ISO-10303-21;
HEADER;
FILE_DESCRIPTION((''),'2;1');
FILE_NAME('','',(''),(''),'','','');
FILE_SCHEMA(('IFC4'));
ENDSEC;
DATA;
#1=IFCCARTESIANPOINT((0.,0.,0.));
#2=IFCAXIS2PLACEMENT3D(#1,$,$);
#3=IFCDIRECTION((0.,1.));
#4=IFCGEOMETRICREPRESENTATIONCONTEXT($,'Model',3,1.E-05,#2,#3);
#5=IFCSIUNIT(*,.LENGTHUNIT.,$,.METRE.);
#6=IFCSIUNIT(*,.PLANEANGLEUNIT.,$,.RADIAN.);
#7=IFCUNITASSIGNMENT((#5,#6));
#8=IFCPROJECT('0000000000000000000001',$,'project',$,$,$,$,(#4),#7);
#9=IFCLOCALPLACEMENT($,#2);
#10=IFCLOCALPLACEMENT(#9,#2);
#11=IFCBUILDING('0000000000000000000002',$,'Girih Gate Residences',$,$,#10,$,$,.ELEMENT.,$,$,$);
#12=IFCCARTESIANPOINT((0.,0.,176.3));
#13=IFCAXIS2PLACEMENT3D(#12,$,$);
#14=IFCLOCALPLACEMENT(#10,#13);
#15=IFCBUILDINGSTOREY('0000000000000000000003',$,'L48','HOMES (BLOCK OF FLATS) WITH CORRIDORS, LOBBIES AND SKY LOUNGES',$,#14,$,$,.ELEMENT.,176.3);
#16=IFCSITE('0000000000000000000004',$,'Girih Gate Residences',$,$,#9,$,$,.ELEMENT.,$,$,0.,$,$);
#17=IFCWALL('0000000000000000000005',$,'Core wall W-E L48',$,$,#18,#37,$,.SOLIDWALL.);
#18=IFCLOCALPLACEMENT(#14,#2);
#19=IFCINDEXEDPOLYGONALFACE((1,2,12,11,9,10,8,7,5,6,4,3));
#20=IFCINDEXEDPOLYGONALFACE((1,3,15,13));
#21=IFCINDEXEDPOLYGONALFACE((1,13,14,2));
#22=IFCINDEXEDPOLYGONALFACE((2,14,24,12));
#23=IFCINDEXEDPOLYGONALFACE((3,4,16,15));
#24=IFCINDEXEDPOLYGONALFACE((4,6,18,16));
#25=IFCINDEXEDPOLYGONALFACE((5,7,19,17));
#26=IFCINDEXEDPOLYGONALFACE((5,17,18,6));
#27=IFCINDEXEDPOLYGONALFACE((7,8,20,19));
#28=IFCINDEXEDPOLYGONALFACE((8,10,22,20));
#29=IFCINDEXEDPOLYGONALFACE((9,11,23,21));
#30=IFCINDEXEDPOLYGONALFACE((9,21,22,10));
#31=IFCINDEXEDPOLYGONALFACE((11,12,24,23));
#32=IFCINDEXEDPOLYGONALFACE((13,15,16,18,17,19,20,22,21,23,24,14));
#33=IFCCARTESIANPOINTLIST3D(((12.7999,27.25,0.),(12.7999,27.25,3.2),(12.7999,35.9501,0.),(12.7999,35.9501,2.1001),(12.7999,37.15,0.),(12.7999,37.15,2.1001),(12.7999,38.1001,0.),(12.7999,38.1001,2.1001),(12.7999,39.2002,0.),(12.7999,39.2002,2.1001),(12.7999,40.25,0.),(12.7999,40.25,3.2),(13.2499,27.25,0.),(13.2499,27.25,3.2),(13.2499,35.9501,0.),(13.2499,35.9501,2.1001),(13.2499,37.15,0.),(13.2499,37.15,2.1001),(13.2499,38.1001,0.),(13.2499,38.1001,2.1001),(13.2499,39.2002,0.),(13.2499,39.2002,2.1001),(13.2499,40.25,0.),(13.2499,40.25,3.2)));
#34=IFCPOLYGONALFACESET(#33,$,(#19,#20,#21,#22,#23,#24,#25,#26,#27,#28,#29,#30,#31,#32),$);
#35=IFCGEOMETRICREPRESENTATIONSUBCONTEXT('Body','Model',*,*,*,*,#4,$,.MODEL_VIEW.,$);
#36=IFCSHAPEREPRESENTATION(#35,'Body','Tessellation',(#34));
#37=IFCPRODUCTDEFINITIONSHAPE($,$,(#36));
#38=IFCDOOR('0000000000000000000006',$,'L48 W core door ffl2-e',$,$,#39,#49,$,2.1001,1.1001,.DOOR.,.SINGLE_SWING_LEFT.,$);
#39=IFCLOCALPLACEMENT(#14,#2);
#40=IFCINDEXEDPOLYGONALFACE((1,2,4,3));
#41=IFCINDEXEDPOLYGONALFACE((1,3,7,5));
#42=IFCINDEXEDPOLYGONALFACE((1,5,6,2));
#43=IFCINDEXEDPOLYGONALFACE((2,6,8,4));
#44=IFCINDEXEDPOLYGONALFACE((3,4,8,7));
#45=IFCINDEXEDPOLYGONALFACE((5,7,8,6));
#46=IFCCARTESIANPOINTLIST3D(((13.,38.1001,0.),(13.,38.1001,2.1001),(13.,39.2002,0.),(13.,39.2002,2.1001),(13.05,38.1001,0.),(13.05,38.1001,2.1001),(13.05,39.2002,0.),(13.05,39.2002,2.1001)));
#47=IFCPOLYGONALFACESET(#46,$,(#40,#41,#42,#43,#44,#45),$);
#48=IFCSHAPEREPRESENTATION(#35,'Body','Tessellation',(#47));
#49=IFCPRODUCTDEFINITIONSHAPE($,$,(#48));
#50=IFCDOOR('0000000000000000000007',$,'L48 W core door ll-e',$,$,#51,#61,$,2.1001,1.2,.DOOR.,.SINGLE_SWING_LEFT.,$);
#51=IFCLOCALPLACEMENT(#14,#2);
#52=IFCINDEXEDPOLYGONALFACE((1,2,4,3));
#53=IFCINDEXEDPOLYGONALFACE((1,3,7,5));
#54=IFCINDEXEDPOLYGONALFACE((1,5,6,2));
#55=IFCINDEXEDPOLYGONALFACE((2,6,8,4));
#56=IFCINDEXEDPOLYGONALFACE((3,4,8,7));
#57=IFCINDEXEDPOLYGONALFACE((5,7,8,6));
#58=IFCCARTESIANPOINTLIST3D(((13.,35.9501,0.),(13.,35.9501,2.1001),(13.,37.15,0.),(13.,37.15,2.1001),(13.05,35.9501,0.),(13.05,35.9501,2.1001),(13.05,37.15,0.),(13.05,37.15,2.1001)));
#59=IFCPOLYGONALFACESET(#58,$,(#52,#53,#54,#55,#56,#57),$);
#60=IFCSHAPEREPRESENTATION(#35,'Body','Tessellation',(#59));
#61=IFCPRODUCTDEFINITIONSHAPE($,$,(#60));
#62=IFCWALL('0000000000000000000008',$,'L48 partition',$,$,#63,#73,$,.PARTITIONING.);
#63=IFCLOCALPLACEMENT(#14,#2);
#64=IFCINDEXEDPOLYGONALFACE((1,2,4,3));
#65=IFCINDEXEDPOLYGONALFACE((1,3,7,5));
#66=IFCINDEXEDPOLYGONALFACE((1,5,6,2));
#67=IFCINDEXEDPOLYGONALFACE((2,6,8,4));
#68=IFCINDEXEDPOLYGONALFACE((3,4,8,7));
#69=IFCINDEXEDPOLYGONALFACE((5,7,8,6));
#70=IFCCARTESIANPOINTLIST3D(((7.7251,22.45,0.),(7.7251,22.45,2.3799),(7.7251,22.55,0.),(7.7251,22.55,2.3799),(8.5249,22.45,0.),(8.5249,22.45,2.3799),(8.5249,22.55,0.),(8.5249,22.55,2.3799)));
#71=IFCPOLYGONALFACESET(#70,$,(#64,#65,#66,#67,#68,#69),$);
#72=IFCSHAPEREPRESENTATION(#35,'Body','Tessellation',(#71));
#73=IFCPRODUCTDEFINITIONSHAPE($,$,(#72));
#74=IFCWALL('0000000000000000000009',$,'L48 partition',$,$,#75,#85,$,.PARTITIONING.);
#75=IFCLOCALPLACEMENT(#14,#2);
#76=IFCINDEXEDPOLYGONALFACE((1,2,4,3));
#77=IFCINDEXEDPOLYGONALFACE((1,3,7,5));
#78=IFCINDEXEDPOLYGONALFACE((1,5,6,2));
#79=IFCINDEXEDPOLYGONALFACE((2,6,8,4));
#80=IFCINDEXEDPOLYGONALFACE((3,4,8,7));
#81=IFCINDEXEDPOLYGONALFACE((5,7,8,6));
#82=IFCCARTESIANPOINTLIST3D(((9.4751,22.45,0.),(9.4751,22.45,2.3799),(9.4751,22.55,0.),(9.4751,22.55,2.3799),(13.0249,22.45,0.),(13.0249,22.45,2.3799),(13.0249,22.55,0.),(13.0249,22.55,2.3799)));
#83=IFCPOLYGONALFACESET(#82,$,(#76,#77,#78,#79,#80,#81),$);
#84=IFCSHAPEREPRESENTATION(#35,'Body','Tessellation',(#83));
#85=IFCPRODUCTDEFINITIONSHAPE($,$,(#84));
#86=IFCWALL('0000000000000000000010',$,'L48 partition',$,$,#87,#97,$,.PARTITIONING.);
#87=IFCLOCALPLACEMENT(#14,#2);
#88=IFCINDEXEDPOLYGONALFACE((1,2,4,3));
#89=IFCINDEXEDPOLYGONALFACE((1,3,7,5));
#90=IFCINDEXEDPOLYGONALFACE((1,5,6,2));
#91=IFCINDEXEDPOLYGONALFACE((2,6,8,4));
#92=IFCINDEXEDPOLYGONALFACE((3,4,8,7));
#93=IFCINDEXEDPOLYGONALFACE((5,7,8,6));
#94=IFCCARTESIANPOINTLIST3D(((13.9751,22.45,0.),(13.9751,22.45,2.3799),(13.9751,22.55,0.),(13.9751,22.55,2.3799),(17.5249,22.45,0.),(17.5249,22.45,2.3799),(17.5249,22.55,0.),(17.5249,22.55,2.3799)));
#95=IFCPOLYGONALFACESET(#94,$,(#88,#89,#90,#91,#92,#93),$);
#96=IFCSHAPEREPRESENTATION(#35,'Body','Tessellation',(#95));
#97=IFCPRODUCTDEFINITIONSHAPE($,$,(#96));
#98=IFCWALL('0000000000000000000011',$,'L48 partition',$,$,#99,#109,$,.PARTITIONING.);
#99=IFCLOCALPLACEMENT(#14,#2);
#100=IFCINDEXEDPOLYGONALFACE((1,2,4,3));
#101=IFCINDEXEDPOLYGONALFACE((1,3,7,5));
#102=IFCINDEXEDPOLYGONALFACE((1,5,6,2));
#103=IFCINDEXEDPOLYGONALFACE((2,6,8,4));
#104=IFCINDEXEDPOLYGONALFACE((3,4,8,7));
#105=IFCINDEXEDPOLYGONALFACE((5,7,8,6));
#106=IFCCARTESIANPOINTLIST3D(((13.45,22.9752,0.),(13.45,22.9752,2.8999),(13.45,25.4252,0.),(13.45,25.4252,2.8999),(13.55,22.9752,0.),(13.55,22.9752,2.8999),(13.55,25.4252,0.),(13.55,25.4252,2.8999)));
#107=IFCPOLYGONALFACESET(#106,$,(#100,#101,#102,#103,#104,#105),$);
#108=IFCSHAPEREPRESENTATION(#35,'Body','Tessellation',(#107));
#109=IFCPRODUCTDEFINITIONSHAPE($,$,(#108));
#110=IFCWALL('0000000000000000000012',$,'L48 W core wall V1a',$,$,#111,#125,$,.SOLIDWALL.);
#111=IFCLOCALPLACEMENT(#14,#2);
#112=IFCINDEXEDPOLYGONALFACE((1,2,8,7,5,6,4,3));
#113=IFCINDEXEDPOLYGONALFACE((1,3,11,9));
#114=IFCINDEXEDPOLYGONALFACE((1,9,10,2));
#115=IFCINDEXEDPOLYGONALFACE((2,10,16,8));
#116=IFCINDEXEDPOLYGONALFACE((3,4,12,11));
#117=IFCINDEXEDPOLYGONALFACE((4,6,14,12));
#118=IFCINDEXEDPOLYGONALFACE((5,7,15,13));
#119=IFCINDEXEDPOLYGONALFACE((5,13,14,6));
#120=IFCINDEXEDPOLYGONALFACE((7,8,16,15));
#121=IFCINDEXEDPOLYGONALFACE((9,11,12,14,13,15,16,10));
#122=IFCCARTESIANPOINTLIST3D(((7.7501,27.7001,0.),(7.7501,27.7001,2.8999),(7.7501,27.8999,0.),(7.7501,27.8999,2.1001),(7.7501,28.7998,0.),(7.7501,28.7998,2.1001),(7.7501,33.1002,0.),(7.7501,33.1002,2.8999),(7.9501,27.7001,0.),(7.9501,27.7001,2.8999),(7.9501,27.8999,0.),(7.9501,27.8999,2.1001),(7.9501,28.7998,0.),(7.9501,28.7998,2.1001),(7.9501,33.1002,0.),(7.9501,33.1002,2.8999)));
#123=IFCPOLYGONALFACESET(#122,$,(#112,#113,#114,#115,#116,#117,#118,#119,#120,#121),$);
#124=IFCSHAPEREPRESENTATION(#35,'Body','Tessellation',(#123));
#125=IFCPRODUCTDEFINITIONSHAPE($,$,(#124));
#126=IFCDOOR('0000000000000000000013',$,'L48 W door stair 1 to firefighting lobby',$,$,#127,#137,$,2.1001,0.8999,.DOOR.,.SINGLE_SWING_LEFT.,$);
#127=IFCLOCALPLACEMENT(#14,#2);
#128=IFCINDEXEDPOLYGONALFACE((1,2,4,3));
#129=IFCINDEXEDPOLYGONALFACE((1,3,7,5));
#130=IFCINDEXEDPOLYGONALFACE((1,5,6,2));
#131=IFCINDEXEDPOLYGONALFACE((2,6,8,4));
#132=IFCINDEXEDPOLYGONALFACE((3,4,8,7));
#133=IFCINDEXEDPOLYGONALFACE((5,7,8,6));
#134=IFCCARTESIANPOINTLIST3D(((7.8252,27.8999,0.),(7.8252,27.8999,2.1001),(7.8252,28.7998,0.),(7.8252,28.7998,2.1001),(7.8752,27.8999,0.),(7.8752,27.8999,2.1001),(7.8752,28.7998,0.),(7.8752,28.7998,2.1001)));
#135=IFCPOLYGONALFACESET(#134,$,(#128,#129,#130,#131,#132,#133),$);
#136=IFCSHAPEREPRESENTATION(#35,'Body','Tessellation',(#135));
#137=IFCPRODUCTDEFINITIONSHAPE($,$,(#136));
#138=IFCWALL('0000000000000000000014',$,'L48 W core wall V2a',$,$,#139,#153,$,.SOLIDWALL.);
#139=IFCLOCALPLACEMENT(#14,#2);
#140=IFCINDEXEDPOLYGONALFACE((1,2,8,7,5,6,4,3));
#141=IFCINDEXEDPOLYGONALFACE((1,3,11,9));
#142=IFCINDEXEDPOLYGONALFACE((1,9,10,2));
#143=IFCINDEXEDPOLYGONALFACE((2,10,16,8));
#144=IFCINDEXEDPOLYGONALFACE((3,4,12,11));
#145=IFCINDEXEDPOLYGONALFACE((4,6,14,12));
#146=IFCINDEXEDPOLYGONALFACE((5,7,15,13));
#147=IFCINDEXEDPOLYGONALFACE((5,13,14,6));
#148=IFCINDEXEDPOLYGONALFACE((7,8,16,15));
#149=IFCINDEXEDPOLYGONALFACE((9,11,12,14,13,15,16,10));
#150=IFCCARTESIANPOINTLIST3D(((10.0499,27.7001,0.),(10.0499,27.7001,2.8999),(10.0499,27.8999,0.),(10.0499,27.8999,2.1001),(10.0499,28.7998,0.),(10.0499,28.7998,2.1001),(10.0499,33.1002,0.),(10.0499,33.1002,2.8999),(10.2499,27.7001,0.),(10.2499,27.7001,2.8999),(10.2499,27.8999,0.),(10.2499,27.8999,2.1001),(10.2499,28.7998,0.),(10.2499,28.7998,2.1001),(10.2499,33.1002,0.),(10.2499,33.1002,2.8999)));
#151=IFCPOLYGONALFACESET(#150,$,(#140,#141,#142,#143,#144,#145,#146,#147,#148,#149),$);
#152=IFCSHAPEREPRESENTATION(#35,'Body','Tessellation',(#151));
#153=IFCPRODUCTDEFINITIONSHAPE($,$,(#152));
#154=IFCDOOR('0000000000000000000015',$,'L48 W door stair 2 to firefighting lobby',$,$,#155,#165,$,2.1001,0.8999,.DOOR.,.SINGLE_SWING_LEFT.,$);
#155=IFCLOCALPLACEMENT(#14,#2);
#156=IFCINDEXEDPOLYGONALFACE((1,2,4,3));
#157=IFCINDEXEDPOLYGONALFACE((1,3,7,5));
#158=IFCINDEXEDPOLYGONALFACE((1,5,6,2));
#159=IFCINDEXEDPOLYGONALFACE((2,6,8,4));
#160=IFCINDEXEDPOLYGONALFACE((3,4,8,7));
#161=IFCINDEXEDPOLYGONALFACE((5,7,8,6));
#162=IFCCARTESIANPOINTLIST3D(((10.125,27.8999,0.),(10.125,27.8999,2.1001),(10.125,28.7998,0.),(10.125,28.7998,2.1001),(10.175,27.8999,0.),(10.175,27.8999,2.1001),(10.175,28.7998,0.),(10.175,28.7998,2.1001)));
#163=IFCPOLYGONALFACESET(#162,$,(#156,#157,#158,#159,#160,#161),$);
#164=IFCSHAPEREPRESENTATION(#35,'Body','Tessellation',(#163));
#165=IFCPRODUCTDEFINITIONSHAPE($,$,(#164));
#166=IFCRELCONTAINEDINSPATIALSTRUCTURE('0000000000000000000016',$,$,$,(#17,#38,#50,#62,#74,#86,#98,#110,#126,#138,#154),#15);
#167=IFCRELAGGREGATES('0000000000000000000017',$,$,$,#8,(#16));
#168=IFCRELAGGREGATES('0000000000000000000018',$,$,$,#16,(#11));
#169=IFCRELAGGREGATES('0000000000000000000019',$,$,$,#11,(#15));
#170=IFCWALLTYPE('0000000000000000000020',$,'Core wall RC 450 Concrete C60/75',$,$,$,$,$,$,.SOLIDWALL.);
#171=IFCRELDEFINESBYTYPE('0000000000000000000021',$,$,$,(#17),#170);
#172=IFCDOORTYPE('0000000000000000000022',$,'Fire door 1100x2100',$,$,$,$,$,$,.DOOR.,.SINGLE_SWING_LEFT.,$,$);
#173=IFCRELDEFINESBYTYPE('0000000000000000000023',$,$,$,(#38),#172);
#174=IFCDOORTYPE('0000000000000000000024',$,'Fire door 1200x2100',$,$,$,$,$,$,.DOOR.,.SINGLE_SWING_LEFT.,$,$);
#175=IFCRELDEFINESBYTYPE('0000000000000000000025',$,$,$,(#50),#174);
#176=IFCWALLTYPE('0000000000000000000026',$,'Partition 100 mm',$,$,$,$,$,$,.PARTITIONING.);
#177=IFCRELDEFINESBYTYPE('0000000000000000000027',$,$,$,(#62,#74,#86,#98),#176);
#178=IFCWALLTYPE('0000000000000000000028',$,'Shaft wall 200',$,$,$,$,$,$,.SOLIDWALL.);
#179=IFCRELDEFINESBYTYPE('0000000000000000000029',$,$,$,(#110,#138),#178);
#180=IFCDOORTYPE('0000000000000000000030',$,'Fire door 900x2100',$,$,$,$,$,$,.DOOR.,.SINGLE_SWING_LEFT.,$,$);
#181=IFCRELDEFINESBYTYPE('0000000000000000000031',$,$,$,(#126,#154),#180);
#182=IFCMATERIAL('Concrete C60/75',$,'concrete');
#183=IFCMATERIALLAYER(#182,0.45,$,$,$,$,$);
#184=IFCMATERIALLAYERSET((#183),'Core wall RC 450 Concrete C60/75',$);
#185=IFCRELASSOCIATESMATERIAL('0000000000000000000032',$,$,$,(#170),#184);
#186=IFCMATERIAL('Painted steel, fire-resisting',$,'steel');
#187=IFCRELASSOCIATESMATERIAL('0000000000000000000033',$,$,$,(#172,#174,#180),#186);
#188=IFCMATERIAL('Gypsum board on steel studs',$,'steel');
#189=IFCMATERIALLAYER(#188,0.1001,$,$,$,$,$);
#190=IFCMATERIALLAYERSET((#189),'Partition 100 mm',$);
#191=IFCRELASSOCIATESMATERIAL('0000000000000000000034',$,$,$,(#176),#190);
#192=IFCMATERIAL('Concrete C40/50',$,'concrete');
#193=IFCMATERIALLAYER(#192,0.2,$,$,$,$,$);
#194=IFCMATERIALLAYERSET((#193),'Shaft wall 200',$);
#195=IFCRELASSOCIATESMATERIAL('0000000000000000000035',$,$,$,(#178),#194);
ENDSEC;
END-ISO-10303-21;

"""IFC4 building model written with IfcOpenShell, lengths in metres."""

from ifc_helpers import new_model, si_unit, direction, frame, frame_2d, origin, place, context, subcontext, project, spatial, rectangle, extrude, material, layer, layer_set, type_object, element, fill, save


model = new_model("IFC4")

# Units and contexts
model_context = context("Model", 3, precision=1e-05, world=origin(), true_north=direction((0.0, 1.0)))
body_context = subcontext(model_context, "Body", "Model", "MODEL_VIEW")
ifc_project = project(units=[si_unit("LENGTHUNIT", "METRE"), si_unit("PLANEANGLEUNIT", "RADIAN")], contexts=[model_context])

# Site, building, storey
site_placement = place(None, origin())
site = spatial("IfcSite", under=ifc_project, at=site_placement, Name="Girih Gate Residences", CompositionType="ELEMENT", RefElevation=0.0)
building_placement = place(site_placement, origin())
building = spatial("IfcBuilding", under=site, at=building_placement, Name="Girih Gate Residences", CompositionType="ELEMENT")
storey_placement = place(building_placement, frame((0.0, 0.0, 176.3)))
storey = spatial("IfcBuildingStorey", under=building, at=storey_placement, Name="L48", Description="HOMES (BLOCK OF FLATS) WITH CORRIDORS, LOBBIES AND SKY LOUNGES", CompositionType="ELEMENT", Elevation=176.3)

# Shared definitions
ifc_material_1 = material(Name="Concrete C60/75", Category="concrete")

# Shared definitions
ifc_material_2 = material(Name="Gypsum board on steel studs", Category="steel")

# Wall, openings, doors
ifc_layer_1 = layer(ifc_material_1, 0.45)
ifc_layer_set_1 = layer_set([ifc_layer_1], Name="Core wall RC 450 Concrete C60/75")
wall_type_1 = type_object("IfcWallType", Name="Core wall RC 450 Concrete C60/75", PredefinedType="SOLIDWALL", material=ifc_layer_set_1)
wall_1_placement = place(storey_placement, frame((13.0249, 27.25, 0.0), z_axis=(0.0, 0.0, 1.0), x_axis=(0.0, 1.0, 0.0)))
wall_1 = element("IfcWall", 1, at=wall_1_placement, inside=storey, type_object=wall_type_1, Name="Core wall W-E L48", PredefinedType="SOLIDWALL", context=body_context, shape_type="SweptSolid", body=[
    extrude(rectangle(XDim=13.0, YDim=0.45, at=frame_2d((6.5, 0.0))), origin(), (0.0, 0.0, 1.0), 3.2),
])
opening_1_placement = place(wall_1_placement, frame((10.8501, 0.0, 0.0)))
opening_1 = element("IfcOpeningElement", 2, at=opening_1_placement, cuts=wall_1, PredefinedType="OPENING", context=body_context, shape_type="SweptSolid", body=[
    extrude(rectangle(XDim=1.1001, YDim=2.1001, at=frame_2d((0.55, 1.05))), frame((0.0, 0.2349, 0.0), z_axis=(0.0, -1.0, 0.0), x_axis=(1.0, 0.0, 0.0)), (0.0, 0.0, 1.0), 0.47),
])
opening_2_placement = place(wall_1_placement, frame((8.7, 0.0, 0.0)))
opening_2 = element("IfcOpeningElement", 3, at=opening_2_placement, cuts=wall_1, PredefinedType="OPENING", context=body_context, shape_type="SweptSolid", body=[
    extrude(rectangle(XDim=1.2, YDim=2.1001, at=frame_2d((0.6001, 1.05))), frame((0.0, 0.2349, 0.0), z_axis=(0.0, -1.0, 0.0), x_axis=(1.0, 0.0, 0.0)), (0.0, 0.0, 1.0), 0.47),
])
ifc_material_3 = material(Name="Painted steel, fire-resisting", Category="steel")
door_type_1 = type_object("IfcDoorType", Name="Fire door 1100x2100", OperationType="SINGLE_SWING_LEFT", PredefinedType="DOOR", material=ifc_material_3)
door_1_placement = place(opening_1_placement, origin())
door_1 = element("IfcDoor", 4, at=door_1_placement, inside=storey, type_object=door_type_1, Name="L48 W core door ffl2-e", OperationType="SINGLE_SWING_LEFT", OverallHeight=2.1001, OverallWidth=1.1001, PredefinedType="DOOR", context=body_context, shape_type="SweptSolid", body=[
    extrude(rectangle(XDim=1.1001, YDim=2.1001, at=frame_2d((0.55, 1.05))), frame((0.0, 0.0249, 0.0), z_axis=(0.0, -1.0, 0.0), x_axis=(1.0, 0.0, 0.0)), (0.0, 0.0, 1.0), 0.05),
])
fill(opening_1, door_1)
door_type_2 = type_object("IfcDoorType", Name="Fire door 1200x2100", OperationType="SINGLE_SWING_LEFT", PredefinedType="DOOR", material=ifc_material_3)
door_2_placement = place(opening_2_placement, origin())
door_2 = element("IfcDoor", 5, at=door_2_placement, inside=storey, type_object=door_type_2, Name="L48 W core door ll-e", OperationType="SINGLE_SWING_LEFT", OverallHeight=2.1001, OverallWidth=1.2, PredefinedType="DOOR", context=body_context, shape_type="SweptSolid", body=[
    extrude(rectangle(XDim=1.2, YDim=2.1001, at=frame_2d((0.6001, 1.05))), frame((0.0, 0.0249, 0.0), z_axis=(0.0, -1.0, 0.0), x_axis=(1.0, 0.0, 0.0)), (0.0, 0.0, 1.0), 0.05),
])
fill(opening_2, door_2)

# Walls
ifc_layer_2 = layer(ifc_material_2, 0.1001)
ifc_layer_set_2 = layer_set([ifc_layer_2], Name="Partition 100 mm")
wall_type_2 = type_object("IfcWallType", Name="Partition 100 mm", PredefinedType="PARTITIONING", material=ifc_layer_set_2)
wall_2_placement = place(storey_placement, frame((7.7251, 22.5, 0.0), z_axis=(0.0, 0.0, 1.0), x_axis=(1.0, 0.0, 0.0)))
element("IfcWall", 6, at=wall_2_placement, inside=storey, type_object=wall_type_2, Name="L48 partition", PredefinedType="PARTITIONING", context=body_context, shape_type="SweptSolid", body=[
    extrude(rectangle(XDim=0.7998, YDim=0.1001, at=frame_2d((0.3999, 0.0))), origin(), (0.0, 0.0, 1.0), 2.3799),
])
for number, where, z_axis, x_axis, name in (
    (7, (9.4751, 22.5, 0.0), (0.0, 0.0, 1.0), (1.0, 0.0, 0.0), "L48 partition"),
    (8, (13.9751, 22.5, 0.0), (0.0, 0.0, 1.0), (1.0, 0.0, 0.0), "L48 partition"),
):
    element("IfcWall", number, at=place(storey_placement, frame(where, z_axis=z_axis, x_axis=x_axis)), inside=storey, type_object=wall_type_2, Name=name, PredefinedType="PARTITIONING", context=body_context, shape_type="SweptSolid", body=[
        extrude(rectangle(XDim=3.5498, YDim=0.1001, at=frame_2d((1.7749, 0.0))), origin(), (0.0, 0.0, 1.0), 2.3799),
    ])
wall_3_placement = place(storey_placement, frame((13.5, 22.9751, 0.0), z_axis=(0.0, 0.0, 1.0), x_axis=(0.0, 1.0, 0.0)))
element("IfcWall", 9, at=wall_3_placement, inside=storey, type_object=wall_type_2, Name="L48 partition", PredefinedType="PARTITIONING", context=body_context, shape_type="SweptSolid", body=[
    extrude(rectangle(XDim=2.45, YDim=0.1001, at=frame_2d((1.2251, 0.0))), origin(), (0.0, 0.0, 1.0), 2.8999),
])

# Walls, openings, doors
ifc_material_4 = material(Name="Concrete C40/50", Category="concrete")
ifc_layer_3 = layer(ifc_material_4, 0.2)
ifc_layer_set_3 = layer_set([ifc_layer_3], Name="Shaft wall 200")
wall_type_3 = type_object("IfcWallType", Name="Shaft wall 200", PredefinedType="SOLIDWALL", material=ifc_layer_set_3)
wall_4_placement = place(storey_placement, frame((7.8501, 27.7, 0.0), z_axis=(0.0, 0.0, 1.0), x_axis=(0.0, 1.0, 0.0)))
wall_4 = element("IfcWall", 10, at=wall_4_placement, inside=storey, type_object=wall_type_3, Name="L48 W core wall V1a", PredefinedType="SOLIDWALL", context=body_context, shape_type="SweptSolid", body=[
    extrude(rectangle(XDim=5.4001, YDim=0.2, at=frame_2d((2.7002, 0.0))), origin(), (0.0, 0.0, 1.0), 2.8999),
])
opening_3_placement = place(wall_4_placement, frame((0.2, 0.0, 0.0)))
opening_3 = element("IfcOpeningElement", 11, at=opening_3_placement, cuts=wall_4, PredefinedType="OPENING", context=body_context, shape_type="SweptSolid", body=[
    extrude(rectangle(XDim=0.8999, YDim=2.1001, at=frame_2d((0.45, 1.05))), frame((0.0, 0.1099, 0.0), z_axis=(0.0, -1.0, 0.0), x_axis=(1.0, 0.0, 0.0)), (0.0, 0.0, 1.0), 0.22),
])
door_type_3 = type_object("IfcDoorType", Name="Fire door 900x2100", OperationType="SINGLE_SWING_LEFT", PredefinedType="DOOR", material=ifc_material_3)
door_3_placement = place(opening_3_placement, origin())
door_3 = element("IfcDoor", 12, at=door_3_placement, inside=storey, type_object=door_type_3, Name="L48 W door stair 1 to firefighting lobby", OperationType="SINGLE_SWING_LEFT", OverallHeight=2.1001, OverallWidth=0.8999, PredefinedType="DOOR", context=body_context, shape_type="SweptSolid", body=[
    extrude(rectangle(XDim=0.8999, YDim=2.1001, at=frame_2d((0.45, 1.05))), frame((0.0, 0.0249, 0.0), z_axis=(0.0, -1.0, 0.0), x_axis=(1.0, 0.0, 0.0)), (0.0, 0.0, 1.0), 0.05),
])
fill(opening_3, door_3)
wall_5_placement = place(storey_placement, frame((10.1499, 27.7, 0.0), z_axis=(0.0, 0.0, 1.0), x_axis=(0.0, 1.0, 0.0)))
wall_5 = element("IfcWall", 13, at=wall_5_placement, inside=storey, type_object=wall_type_3, Name="L48 W core wall V2a", PredefinedType="SOLIDWALL", context=body_context, shape_type="SweptSolid", body=[
    extrude(rectangle(XDim=5.4001, YDim=0.2, at=frame_2d((2.7002, 0.0))), origin(), (0.0, 0.0, 1.0), 2.8999),
])
opening_4_placement = place(wall_5_placement, frame((0.2, 0.0, 0.0)))
opening_4 = element("IfcOpeningElement", 14, at=opening_4_placement, cuts=wall_5, PredefinedType="OPENING", context=body_context, shape_type="SweptSolid", body=[
    extrude(rectangle(XDim=0.8999, YDim=2.1001, at=frame_2d((0.45, 1.05))), frame((0.0, 0.1099, 0.0), z_axis=(0.0, -1.0, 0.0), x_axis=(1.0, 0.0, 0.0)), (0.0, 0.0, 1.0), 0.22),
])
door_4_placement = place(opening_4_placement, origin())
door_4 = element("IfcDoor", 15, at=door_4_placement, inside=storey, type_object=door_type_3, Name="L48 W door stair 2 to firefighting lobby", OperationType="SINGLE_SWING_LEFT", OverallHeight=2.1001, OverallWidth=0.8999, PredefinedType="DOOR", context=body_context, shape_type="SweptSolid", body=[
    extrude(rectangle(XDim=0.8999, YDim=2.1001, at=frame_2d((0.45, 1.05))), frame((0.0, 0.0249, 0.0), z_axis=(0.0, -1.0, 0.0), x_axis=(1.0, 0.0, 0.0)), (0.0, 0.0, 1.0), 0.05),
])
fill(opening_4, door_4)

save(model, "model.ifc")
